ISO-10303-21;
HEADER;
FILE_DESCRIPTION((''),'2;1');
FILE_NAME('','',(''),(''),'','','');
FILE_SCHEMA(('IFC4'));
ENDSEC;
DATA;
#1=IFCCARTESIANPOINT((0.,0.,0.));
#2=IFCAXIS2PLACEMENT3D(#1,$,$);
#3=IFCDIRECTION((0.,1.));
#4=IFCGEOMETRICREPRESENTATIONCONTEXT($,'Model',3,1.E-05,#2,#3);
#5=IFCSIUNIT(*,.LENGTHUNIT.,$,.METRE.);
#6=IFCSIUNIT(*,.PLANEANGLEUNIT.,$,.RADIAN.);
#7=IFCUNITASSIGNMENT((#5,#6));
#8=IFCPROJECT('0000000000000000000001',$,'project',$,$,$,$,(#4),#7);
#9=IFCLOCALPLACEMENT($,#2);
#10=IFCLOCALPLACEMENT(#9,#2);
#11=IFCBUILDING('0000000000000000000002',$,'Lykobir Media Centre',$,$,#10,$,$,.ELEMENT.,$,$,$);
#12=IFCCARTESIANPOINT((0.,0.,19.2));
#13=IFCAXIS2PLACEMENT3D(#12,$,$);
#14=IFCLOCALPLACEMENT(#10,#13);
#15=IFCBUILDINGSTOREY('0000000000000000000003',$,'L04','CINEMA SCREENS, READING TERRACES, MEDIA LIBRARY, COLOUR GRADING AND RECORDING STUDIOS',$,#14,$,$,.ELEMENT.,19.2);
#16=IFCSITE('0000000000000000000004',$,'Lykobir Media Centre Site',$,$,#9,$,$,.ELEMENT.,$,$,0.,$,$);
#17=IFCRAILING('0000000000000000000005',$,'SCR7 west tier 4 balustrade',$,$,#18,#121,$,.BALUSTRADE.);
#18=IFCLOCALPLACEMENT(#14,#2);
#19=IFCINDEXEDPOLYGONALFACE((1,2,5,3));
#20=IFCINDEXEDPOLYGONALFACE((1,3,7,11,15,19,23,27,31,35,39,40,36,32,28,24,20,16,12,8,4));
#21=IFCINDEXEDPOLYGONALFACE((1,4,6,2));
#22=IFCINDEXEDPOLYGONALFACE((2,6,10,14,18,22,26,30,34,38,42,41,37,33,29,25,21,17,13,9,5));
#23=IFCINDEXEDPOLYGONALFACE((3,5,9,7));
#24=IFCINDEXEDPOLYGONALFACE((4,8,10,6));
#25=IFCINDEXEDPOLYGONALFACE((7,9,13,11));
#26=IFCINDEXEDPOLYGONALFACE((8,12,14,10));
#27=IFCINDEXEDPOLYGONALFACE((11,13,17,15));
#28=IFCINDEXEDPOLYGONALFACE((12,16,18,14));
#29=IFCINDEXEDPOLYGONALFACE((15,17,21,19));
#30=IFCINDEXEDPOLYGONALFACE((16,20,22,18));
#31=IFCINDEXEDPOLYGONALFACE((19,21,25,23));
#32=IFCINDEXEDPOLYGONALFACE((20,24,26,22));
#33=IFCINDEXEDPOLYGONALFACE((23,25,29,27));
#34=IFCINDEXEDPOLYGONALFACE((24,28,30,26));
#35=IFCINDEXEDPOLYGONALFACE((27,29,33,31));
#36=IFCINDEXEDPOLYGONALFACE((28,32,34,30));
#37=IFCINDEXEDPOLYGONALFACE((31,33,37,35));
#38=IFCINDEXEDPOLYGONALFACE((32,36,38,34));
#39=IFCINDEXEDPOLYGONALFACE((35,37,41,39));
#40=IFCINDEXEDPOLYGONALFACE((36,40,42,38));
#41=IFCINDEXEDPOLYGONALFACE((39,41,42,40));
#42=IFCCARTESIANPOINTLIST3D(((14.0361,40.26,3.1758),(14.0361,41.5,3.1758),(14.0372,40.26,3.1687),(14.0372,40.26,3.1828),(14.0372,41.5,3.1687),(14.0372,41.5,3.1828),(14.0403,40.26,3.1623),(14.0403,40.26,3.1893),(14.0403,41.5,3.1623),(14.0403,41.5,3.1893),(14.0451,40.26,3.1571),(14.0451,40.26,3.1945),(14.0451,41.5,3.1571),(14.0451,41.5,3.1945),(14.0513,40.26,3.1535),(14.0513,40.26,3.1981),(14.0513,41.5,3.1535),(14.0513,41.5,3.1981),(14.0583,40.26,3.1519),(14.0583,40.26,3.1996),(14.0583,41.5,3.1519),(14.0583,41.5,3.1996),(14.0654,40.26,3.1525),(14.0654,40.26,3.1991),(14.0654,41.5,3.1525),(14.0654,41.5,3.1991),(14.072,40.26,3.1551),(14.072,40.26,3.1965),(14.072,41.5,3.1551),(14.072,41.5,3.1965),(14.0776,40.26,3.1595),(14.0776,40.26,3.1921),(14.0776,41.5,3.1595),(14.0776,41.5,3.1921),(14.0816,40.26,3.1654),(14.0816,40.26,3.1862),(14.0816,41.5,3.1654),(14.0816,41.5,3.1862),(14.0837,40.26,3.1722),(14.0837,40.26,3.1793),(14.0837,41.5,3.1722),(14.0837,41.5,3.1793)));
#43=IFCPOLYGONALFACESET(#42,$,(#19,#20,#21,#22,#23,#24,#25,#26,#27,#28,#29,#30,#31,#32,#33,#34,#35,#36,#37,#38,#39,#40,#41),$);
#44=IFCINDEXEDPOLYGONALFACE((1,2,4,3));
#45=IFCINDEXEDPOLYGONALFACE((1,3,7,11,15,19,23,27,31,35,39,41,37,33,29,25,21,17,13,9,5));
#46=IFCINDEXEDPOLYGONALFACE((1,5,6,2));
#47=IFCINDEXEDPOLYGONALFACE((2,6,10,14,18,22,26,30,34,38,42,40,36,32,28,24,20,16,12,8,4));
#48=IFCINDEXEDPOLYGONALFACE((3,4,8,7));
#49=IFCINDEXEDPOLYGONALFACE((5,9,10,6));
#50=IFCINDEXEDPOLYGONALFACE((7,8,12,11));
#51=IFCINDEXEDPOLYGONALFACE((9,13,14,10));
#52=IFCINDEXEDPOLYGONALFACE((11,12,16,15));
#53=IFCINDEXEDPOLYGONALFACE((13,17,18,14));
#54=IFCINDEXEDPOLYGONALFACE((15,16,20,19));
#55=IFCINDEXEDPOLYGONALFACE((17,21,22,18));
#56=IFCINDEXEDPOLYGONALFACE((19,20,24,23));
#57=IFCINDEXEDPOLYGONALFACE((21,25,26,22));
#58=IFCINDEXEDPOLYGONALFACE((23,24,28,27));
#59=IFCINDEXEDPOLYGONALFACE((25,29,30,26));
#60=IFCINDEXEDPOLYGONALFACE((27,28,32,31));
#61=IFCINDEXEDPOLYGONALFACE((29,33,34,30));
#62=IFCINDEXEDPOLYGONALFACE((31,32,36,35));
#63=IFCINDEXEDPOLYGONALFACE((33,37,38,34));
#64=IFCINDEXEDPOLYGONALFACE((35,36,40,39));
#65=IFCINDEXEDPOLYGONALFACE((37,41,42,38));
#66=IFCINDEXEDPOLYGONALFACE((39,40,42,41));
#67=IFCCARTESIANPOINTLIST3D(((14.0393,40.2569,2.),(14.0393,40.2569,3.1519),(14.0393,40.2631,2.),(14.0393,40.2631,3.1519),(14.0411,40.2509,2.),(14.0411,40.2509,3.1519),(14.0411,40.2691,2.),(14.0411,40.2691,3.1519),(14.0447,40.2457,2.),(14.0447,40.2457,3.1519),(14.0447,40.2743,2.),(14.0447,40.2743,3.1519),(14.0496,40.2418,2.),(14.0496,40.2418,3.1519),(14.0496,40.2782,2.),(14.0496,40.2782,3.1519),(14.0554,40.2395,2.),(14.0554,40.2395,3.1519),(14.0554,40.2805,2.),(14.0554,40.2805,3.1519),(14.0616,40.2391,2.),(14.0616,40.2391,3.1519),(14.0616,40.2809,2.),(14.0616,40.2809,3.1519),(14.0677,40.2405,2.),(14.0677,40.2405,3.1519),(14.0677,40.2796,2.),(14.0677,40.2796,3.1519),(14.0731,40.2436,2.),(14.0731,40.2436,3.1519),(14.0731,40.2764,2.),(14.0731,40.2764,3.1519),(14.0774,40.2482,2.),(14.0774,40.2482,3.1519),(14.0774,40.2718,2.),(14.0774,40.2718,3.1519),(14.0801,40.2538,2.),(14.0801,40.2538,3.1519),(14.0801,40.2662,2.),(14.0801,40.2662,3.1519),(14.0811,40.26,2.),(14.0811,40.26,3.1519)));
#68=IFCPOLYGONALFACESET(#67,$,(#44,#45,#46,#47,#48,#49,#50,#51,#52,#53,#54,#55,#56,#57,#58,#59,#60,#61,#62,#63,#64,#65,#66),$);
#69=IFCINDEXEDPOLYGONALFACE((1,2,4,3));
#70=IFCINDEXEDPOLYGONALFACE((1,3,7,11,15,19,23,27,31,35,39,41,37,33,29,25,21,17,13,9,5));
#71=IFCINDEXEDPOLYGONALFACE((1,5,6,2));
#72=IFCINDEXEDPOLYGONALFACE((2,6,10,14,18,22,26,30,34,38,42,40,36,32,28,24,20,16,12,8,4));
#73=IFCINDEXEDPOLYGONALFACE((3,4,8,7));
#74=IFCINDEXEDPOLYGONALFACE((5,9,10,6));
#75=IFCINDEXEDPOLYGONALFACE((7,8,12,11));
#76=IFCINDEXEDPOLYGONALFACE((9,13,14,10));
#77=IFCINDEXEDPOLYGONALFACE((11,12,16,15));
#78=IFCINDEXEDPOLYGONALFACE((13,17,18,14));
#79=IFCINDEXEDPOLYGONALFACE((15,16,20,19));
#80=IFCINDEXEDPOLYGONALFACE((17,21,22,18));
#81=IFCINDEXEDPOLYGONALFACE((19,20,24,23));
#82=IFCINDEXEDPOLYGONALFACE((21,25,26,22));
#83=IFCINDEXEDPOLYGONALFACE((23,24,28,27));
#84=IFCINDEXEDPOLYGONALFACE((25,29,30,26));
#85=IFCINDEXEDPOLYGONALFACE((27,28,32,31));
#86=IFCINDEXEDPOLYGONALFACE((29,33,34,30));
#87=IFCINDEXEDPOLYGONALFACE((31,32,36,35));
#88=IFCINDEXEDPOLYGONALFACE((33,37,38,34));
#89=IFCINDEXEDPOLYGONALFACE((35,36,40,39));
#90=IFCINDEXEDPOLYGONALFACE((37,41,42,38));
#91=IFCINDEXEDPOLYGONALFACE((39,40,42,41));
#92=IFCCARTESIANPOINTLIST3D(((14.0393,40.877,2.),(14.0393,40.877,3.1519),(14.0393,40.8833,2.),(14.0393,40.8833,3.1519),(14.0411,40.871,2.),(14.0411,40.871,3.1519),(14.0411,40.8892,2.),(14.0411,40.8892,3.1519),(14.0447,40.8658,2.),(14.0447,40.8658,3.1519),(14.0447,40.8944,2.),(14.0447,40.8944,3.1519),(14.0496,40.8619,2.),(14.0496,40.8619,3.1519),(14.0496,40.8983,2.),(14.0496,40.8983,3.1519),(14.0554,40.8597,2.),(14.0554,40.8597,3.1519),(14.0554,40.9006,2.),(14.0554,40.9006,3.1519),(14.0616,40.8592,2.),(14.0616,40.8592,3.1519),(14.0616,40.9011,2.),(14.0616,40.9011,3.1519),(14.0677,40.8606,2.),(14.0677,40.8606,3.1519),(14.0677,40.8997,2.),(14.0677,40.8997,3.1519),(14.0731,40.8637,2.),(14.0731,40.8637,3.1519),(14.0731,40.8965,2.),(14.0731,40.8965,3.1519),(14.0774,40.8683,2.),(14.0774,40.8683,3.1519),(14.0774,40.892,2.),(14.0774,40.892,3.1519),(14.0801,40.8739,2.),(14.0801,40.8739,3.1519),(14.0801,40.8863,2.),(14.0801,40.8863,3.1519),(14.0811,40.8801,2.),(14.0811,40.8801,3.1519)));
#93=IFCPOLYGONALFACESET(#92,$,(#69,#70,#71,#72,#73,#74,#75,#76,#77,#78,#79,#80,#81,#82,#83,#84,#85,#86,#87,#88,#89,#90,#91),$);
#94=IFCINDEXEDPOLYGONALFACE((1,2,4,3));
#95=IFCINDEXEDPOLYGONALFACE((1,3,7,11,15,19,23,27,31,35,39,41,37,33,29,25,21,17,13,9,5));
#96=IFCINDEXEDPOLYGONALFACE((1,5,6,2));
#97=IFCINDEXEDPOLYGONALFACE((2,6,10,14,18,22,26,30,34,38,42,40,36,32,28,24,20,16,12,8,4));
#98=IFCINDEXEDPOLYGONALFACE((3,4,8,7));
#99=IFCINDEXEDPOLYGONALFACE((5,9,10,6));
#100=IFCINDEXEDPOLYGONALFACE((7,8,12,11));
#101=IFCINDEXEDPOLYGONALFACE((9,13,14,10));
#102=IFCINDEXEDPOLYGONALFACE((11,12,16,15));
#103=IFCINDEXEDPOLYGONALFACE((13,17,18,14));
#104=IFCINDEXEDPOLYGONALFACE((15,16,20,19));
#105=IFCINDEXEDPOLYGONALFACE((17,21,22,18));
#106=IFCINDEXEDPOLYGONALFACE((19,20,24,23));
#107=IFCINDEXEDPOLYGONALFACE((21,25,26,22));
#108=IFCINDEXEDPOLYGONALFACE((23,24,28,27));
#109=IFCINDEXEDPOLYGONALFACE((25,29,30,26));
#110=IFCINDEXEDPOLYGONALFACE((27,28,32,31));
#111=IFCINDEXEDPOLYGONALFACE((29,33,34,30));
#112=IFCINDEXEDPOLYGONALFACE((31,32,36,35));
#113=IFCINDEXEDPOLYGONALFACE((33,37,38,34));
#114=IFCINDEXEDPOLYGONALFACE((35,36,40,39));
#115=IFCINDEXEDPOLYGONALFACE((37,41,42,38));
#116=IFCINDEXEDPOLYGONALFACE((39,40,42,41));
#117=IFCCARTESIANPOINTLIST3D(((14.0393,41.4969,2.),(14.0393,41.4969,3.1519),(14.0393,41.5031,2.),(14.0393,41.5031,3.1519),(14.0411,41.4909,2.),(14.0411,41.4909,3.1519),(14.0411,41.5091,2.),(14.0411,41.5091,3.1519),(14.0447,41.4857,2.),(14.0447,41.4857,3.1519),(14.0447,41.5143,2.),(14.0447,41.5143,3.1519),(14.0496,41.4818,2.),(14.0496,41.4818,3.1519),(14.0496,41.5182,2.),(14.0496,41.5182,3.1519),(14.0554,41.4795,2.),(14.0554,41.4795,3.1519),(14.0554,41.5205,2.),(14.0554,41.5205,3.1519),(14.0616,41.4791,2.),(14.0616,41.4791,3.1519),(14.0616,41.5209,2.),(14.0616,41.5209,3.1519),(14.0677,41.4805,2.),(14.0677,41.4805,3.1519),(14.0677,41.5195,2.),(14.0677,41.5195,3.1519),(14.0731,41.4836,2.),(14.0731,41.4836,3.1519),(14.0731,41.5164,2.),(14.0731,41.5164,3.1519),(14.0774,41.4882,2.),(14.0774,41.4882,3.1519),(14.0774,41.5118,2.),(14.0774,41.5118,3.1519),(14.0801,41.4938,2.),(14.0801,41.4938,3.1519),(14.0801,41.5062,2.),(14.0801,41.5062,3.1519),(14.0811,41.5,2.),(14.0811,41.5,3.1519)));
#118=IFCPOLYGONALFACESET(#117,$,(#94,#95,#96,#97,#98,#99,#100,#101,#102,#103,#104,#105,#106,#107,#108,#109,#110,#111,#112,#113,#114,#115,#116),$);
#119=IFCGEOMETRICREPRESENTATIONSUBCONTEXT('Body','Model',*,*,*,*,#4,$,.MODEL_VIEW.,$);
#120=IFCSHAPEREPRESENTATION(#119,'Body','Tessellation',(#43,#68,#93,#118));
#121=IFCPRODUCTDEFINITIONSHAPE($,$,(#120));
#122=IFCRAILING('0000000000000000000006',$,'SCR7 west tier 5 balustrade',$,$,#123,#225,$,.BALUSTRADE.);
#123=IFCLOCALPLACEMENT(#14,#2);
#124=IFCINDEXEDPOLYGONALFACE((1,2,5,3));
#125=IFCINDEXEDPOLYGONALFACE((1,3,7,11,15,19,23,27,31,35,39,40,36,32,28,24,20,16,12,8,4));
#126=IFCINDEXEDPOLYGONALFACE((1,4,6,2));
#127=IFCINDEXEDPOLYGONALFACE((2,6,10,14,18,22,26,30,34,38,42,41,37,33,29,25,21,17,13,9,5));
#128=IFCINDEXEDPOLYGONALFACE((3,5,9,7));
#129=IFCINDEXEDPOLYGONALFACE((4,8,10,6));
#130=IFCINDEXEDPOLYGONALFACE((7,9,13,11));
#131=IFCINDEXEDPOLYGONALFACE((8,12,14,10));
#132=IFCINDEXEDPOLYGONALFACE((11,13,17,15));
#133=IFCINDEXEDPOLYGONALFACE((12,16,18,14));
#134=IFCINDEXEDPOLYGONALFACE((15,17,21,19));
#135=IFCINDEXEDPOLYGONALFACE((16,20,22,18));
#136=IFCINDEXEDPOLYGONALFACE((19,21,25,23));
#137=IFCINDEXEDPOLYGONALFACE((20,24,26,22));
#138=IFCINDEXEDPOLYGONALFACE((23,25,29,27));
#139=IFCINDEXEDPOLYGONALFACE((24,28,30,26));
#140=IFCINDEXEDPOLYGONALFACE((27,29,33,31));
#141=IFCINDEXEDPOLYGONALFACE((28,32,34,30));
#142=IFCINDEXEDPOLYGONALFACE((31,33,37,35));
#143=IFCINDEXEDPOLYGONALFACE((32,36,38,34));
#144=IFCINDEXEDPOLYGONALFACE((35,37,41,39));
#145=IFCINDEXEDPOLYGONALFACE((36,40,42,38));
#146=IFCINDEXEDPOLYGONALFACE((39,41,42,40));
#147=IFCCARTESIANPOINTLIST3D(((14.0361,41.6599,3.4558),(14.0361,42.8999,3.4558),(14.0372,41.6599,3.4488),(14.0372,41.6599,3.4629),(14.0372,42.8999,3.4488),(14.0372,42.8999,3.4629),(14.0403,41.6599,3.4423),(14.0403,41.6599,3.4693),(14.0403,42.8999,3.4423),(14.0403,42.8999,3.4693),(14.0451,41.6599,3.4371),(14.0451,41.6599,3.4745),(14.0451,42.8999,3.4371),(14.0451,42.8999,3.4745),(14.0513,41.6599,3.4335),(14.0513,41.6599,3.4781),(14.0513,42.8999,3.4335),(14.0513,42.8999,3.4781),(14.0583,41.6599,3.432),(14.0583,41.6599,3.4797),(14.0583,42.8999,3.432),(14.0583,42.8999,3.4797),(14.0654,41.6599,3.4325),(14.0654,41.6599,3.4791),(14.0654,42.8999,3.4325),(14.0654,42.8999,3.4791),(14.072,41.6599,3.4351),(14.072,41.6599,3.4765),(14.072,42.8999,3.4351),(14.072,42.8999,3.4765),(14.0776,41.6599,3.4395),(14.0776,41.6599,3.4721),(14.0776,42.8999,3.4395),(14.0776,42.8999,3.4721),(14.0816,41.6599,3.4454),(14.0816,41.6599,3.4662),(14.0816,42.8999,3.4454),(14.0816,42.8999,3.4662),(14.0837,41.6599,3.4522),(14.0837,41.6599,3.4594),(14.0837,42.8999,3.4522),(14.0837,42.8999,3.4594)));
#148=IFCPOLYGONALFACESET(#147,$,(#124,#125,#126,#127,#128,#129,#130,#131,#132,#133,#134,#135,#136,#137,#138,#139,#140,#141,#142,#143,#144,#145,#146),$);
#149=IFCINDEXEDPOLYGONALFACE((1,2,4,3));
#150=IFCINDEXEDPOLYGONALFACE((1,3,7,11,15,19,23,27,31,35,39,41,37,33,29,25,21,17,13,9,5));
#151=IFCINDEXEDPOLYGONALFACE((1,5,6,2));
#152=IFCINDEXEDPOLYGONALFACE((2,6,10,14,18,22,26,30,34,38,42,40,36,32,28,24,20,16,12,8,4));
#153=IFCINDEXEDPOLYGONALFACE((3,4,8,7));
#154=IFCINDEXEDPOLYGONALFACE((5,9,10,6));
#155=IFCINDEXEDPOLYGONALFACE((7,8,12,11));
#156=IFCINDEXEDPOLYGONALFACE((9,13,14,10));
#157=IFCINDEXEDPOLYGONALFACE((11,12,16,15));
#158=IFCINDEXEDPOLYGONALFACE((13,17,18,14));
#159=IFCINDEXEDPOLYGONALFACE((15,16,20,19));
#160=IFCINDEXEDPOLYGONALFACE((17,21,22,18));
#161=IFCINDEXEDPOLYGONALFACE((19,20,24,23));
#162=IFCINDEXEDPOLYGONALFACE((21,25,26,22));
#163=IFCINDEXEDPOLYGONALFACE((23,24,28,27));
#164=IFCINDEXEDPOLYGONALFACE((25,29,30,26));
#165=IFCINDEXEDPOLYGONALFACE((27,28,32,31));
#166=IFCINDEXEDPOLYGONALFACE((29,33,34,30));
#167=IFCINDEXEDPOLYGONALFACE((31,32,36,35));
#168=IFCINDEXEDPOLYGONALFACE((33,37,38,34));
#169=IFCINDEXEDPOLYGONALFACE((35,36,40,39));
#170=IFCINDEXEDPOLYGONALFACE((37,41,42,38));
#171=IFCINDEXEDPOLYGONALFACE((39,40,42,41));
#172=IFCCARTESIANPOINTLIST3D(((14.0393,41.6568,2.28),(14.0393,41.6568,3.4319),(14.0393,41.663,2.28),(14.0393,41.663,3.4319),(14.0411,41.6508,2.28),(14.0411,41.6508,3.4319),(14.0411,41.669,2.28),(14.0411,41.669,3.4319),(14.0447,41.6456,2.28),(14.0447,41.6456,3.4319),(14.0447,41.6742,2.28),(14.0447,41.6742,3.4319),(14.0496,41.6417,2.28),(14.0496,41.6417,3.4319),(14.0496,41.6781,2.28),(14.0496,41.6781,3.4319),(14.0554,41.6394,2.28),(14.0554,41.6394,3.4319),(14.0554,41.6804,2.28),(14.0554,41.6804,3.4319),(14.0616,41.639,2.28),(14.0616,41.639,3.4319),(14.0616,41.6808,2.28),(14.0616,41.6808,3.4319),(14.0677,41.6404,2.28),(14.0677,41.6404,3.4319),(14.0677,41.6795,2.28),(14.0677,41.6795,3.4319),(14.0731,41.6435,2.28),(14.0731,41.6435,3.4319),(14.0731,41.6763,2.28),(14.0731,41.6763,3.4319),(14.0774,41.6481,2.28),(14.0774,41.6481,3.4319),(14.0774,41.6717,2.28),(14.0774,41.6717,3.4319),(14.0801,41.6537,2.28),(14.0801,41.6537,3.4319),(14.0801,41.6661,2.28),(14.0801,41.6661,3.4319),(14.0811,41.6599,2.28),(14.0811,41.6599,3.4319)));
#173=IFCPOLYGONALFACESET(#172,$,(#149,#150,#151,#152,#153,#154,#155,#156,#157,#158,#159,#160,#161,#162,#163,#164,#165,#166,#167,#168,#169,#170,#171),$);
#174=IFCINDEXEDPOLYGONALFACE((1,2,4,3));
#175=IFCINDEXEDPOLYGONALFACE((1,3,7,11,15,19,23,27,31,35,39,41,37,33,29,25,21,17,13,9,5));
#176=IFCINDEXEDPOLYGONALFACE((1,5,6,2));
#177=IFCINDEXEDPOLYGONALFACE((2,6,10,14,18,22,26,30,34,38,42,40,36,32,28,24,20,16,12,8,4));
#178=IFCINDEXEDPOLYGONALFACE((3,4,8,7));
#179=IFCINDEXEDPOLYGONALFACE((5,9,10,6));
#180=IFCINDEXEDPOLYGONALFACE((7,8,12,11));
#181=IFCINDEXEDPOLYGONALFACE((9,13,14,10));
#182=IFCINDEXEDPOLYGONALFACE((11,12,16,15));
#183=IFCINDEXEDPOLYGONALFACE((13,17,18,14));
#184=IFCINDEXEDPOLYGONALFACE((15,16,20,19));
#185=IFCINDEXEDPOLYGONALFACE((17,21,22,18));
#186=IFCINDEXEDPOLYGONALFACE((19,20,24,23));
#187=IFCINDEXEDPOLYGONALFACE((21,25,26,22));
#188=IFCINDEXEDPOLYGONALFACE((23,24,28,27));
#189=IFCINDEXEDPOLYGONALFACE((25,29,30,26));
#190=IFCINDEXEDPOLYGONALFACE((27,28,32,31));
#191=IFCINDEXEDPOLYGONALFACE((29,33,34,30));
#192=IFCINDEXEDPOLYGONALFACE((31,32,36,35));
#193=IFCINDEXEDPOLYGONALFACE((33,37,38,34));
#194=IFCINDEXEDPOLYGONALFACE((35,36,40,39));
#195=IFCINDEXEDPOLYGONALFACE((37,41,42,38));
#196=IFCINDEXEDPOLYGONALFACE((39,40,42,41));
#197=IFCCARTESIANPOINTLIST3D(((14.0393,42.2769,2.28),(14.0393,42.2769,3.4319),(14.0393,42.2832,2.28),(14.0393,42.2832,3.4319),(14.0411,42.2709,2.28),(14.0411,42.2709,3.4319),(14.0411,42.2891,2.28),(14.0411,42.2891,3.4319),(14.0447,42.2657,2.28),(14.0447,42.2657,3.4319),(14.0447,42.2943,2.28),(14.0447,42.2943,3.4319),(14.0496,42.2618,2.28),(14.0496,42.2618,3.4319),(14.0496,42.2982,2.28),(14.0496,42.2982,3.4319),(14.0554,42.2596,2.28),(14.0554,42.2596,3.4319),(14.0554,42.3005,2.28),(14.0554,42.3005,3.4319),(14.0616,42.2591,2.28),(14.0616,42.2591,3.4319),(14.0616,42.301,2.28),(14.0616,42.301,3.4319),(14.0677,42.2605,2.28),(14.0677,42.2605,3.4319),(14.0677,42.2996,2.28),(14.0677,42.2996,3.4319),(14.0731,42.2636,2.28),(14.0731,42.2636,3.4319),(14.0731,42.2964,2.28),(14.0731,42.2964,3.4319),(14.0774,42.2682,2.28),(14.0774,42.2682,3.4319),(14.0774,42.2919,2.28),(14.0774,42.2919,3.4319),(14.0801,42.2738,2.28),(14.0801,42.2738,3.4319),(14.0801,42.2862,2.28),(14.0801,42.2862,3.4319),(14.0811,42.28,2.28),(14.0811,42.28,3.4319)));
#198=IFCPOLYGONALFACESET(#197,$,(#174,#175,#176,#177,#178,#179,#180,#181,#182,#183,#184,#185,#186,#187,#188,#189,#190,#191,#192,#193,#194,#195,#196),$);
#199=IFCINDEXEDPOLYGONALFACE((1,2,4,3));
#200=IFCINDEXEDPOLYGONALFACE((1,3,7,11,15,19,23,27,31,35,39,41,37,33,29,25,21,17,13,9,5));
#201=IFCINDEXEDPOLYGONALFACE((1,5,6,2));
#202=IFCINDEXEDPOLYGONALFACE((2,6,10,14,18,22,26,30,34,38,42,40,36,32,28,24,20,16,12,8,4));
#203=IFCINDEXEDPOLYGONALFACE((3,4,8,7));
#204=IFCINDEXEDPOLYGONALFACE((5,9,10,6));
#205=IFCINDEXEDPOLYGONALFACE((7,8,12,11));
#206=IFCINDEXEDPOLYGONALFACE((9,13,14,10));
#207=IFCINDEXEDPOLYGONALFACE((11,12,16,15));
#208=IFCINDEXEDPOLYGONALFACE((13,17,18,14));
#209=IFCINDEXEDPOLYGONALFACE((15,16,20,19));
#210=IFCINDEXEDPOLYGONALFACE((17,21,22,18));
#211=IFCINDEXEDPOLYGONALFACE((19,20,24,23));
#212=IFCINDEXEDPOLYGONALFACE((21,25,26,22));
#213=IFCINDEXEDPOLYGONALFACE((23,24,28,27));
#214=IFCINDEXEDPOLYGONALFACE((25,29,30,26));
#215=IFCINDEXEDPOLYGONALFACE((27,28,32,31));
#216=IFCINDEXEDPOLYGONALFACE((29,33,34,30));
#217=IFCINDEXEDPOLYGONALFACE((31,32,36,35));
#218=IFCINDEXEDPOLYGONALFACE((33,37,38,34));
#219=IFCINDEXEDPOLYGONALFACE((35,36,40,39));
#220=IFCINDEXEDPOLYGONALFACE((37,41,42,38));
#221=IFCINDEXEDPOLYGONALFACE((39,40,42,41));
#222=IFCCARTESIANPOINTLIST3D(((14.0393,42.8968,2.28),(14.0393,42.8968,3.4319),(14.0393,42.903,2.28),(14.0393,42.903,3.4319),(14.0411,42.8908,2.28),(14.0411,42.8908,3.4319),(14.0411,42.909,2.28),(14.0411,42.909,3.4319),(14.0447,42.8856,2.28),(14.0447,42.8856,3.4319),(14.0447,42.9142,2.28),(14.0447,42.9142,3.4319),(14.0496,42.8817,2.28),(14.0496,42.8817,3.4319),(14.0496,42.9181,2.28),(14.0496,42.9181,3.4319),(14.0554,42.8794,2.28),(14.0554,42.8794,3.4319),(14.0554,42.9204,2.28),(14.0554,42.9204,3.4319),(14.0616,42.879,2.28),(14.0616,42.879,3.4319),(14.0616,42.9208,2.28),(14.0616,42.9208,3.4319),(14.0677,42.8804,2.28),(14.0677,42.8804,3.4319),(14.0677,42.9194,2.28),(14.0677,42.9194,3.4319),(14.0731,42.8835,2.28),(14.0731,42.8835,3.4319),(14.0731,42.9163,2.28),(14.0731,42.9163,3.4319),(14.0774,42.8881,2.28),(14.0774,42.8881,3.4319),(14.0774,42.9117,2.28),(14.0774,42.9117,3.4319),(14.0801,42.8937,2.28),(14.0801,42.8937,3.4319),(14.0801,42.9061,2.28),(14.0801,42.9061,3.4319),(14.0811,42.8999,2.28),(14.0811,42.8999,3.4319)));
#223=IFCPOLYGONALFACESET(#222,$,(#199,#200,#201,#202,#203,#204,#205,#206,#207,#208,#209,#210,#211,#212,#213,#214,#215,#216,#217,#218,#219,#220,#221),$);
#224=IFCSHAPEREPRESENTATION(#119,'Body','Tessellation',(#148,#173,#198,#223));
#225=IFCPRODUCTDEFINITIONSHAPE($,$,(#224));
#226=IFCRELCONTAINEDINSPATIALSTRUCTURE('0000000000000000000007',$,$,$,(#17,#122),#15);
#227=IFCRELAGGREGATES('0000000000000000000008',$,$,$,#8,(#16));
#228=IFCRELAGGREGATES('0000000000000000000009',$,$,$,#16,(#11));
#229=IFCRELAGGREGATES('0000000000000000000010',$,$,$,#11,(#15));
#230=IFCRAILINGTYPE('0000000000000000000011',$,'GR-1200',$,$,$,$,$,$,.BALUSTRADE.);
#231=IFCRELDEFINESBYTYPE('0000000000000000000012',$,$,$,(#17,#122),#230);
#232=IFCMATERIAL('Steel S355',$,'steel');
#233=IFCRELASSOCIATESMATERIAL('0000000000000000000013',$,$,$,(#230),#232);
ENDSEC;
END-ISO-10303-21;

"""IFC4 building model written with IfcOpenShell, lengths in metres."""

from ifc_helpers import new_model, si_unit, direction, frame, origin, origin_2d, place, context, subcontext, project, spatial, circle, extrude, material, type_object, element, save


model = new_model("IFC4")

# Units and contexts
model_context = context("Model", 3, precision=1e-05, world=origin(), true_north=direction((0.0, 1.0)))
body_context = subcontext(model_context, "Body", "Model", "MODEL_VIEW")
ifc_project = project(units=[si_unit("LENGTHUNIT", "METRE"), si_unit("PLANEANGLEUNIT", "RADIAN")], contexts=[model_context])

# Site, building, storey
site_placement = place(None, origin())
site = spatial("IfcSite", under=ifc_project, at=site_placement, Name="Lykobir Media Centre Site", CompositionType="ELEMENT", RefElevation=0.0)
building_placement = place(site_placement, origin())
building = spatial("IfcBuilding", under=site, at=building_placement, Name="Lykobir Media Centre", CompositionType="ELEMENT")
storey_placement = place(building_placement, frame((0.0, 0.0, 19.2)))
storey = spatial("IfcBuildingStorey", under=building, at=storey_placement, Name="L04", Description="CINEMA SCREENS, READING TERRACES, MEDIA LIBRARY, COLOUR GRADING AND RECORDING STUDIOS", CompositionType="ELEMENT", Elevation=19.2)

# Shared definitions
ifc_material_1 = material(Name="Steel S355", Category="steel")

# Railings
railing_type = type_object("IfcRailingType", Name="GR-1200", PredefinedType="BALUSTRADE", material=ifc_material_1)
for number, where, name in (
    (1, (14.0601, 40.26, 2.0), "SCR7 west tier 4 balustrade"),
    (2, (14.0601, 41.6599, 2.28), "SCR7 west tier 5 balustrade"),
):
    element("IfcRailing", number, at=place(storey_placement, frame(where)), inside=storey, type_object=railing_type, Name=name, PredefinedType="BALUSTRADE", context=body_context, shape_type="SweptSolid", body=[
        extrude(circle(Radius=0.0239, at=origin_2d()), frame((0.0, 0.0, 1.1758), z_axis=(0.0, 1.0, 0.0), x_axis=(-1.0, 0.0, 0.0)), (0.0, 0.0, 1.0), 1.24),
        extrude(circle(Radius=0.021, at=origin_2d()), origin(), (0.0, 0.0, 1.0), 1.1519),
        extrude(circle(Radius=0.021, at=origin_2d()), frame((0.0, 0.6201, 0.0)), (0.0, 0.0, 1.0), 1.1519),
        extrude(circle(Radius=0.021, at=origin_2d()), frame((0.0, 1.24, 0.0)), (0.0, 0.0, 1.0), 1.1519),
    ])

save(model, "model.ifc")
